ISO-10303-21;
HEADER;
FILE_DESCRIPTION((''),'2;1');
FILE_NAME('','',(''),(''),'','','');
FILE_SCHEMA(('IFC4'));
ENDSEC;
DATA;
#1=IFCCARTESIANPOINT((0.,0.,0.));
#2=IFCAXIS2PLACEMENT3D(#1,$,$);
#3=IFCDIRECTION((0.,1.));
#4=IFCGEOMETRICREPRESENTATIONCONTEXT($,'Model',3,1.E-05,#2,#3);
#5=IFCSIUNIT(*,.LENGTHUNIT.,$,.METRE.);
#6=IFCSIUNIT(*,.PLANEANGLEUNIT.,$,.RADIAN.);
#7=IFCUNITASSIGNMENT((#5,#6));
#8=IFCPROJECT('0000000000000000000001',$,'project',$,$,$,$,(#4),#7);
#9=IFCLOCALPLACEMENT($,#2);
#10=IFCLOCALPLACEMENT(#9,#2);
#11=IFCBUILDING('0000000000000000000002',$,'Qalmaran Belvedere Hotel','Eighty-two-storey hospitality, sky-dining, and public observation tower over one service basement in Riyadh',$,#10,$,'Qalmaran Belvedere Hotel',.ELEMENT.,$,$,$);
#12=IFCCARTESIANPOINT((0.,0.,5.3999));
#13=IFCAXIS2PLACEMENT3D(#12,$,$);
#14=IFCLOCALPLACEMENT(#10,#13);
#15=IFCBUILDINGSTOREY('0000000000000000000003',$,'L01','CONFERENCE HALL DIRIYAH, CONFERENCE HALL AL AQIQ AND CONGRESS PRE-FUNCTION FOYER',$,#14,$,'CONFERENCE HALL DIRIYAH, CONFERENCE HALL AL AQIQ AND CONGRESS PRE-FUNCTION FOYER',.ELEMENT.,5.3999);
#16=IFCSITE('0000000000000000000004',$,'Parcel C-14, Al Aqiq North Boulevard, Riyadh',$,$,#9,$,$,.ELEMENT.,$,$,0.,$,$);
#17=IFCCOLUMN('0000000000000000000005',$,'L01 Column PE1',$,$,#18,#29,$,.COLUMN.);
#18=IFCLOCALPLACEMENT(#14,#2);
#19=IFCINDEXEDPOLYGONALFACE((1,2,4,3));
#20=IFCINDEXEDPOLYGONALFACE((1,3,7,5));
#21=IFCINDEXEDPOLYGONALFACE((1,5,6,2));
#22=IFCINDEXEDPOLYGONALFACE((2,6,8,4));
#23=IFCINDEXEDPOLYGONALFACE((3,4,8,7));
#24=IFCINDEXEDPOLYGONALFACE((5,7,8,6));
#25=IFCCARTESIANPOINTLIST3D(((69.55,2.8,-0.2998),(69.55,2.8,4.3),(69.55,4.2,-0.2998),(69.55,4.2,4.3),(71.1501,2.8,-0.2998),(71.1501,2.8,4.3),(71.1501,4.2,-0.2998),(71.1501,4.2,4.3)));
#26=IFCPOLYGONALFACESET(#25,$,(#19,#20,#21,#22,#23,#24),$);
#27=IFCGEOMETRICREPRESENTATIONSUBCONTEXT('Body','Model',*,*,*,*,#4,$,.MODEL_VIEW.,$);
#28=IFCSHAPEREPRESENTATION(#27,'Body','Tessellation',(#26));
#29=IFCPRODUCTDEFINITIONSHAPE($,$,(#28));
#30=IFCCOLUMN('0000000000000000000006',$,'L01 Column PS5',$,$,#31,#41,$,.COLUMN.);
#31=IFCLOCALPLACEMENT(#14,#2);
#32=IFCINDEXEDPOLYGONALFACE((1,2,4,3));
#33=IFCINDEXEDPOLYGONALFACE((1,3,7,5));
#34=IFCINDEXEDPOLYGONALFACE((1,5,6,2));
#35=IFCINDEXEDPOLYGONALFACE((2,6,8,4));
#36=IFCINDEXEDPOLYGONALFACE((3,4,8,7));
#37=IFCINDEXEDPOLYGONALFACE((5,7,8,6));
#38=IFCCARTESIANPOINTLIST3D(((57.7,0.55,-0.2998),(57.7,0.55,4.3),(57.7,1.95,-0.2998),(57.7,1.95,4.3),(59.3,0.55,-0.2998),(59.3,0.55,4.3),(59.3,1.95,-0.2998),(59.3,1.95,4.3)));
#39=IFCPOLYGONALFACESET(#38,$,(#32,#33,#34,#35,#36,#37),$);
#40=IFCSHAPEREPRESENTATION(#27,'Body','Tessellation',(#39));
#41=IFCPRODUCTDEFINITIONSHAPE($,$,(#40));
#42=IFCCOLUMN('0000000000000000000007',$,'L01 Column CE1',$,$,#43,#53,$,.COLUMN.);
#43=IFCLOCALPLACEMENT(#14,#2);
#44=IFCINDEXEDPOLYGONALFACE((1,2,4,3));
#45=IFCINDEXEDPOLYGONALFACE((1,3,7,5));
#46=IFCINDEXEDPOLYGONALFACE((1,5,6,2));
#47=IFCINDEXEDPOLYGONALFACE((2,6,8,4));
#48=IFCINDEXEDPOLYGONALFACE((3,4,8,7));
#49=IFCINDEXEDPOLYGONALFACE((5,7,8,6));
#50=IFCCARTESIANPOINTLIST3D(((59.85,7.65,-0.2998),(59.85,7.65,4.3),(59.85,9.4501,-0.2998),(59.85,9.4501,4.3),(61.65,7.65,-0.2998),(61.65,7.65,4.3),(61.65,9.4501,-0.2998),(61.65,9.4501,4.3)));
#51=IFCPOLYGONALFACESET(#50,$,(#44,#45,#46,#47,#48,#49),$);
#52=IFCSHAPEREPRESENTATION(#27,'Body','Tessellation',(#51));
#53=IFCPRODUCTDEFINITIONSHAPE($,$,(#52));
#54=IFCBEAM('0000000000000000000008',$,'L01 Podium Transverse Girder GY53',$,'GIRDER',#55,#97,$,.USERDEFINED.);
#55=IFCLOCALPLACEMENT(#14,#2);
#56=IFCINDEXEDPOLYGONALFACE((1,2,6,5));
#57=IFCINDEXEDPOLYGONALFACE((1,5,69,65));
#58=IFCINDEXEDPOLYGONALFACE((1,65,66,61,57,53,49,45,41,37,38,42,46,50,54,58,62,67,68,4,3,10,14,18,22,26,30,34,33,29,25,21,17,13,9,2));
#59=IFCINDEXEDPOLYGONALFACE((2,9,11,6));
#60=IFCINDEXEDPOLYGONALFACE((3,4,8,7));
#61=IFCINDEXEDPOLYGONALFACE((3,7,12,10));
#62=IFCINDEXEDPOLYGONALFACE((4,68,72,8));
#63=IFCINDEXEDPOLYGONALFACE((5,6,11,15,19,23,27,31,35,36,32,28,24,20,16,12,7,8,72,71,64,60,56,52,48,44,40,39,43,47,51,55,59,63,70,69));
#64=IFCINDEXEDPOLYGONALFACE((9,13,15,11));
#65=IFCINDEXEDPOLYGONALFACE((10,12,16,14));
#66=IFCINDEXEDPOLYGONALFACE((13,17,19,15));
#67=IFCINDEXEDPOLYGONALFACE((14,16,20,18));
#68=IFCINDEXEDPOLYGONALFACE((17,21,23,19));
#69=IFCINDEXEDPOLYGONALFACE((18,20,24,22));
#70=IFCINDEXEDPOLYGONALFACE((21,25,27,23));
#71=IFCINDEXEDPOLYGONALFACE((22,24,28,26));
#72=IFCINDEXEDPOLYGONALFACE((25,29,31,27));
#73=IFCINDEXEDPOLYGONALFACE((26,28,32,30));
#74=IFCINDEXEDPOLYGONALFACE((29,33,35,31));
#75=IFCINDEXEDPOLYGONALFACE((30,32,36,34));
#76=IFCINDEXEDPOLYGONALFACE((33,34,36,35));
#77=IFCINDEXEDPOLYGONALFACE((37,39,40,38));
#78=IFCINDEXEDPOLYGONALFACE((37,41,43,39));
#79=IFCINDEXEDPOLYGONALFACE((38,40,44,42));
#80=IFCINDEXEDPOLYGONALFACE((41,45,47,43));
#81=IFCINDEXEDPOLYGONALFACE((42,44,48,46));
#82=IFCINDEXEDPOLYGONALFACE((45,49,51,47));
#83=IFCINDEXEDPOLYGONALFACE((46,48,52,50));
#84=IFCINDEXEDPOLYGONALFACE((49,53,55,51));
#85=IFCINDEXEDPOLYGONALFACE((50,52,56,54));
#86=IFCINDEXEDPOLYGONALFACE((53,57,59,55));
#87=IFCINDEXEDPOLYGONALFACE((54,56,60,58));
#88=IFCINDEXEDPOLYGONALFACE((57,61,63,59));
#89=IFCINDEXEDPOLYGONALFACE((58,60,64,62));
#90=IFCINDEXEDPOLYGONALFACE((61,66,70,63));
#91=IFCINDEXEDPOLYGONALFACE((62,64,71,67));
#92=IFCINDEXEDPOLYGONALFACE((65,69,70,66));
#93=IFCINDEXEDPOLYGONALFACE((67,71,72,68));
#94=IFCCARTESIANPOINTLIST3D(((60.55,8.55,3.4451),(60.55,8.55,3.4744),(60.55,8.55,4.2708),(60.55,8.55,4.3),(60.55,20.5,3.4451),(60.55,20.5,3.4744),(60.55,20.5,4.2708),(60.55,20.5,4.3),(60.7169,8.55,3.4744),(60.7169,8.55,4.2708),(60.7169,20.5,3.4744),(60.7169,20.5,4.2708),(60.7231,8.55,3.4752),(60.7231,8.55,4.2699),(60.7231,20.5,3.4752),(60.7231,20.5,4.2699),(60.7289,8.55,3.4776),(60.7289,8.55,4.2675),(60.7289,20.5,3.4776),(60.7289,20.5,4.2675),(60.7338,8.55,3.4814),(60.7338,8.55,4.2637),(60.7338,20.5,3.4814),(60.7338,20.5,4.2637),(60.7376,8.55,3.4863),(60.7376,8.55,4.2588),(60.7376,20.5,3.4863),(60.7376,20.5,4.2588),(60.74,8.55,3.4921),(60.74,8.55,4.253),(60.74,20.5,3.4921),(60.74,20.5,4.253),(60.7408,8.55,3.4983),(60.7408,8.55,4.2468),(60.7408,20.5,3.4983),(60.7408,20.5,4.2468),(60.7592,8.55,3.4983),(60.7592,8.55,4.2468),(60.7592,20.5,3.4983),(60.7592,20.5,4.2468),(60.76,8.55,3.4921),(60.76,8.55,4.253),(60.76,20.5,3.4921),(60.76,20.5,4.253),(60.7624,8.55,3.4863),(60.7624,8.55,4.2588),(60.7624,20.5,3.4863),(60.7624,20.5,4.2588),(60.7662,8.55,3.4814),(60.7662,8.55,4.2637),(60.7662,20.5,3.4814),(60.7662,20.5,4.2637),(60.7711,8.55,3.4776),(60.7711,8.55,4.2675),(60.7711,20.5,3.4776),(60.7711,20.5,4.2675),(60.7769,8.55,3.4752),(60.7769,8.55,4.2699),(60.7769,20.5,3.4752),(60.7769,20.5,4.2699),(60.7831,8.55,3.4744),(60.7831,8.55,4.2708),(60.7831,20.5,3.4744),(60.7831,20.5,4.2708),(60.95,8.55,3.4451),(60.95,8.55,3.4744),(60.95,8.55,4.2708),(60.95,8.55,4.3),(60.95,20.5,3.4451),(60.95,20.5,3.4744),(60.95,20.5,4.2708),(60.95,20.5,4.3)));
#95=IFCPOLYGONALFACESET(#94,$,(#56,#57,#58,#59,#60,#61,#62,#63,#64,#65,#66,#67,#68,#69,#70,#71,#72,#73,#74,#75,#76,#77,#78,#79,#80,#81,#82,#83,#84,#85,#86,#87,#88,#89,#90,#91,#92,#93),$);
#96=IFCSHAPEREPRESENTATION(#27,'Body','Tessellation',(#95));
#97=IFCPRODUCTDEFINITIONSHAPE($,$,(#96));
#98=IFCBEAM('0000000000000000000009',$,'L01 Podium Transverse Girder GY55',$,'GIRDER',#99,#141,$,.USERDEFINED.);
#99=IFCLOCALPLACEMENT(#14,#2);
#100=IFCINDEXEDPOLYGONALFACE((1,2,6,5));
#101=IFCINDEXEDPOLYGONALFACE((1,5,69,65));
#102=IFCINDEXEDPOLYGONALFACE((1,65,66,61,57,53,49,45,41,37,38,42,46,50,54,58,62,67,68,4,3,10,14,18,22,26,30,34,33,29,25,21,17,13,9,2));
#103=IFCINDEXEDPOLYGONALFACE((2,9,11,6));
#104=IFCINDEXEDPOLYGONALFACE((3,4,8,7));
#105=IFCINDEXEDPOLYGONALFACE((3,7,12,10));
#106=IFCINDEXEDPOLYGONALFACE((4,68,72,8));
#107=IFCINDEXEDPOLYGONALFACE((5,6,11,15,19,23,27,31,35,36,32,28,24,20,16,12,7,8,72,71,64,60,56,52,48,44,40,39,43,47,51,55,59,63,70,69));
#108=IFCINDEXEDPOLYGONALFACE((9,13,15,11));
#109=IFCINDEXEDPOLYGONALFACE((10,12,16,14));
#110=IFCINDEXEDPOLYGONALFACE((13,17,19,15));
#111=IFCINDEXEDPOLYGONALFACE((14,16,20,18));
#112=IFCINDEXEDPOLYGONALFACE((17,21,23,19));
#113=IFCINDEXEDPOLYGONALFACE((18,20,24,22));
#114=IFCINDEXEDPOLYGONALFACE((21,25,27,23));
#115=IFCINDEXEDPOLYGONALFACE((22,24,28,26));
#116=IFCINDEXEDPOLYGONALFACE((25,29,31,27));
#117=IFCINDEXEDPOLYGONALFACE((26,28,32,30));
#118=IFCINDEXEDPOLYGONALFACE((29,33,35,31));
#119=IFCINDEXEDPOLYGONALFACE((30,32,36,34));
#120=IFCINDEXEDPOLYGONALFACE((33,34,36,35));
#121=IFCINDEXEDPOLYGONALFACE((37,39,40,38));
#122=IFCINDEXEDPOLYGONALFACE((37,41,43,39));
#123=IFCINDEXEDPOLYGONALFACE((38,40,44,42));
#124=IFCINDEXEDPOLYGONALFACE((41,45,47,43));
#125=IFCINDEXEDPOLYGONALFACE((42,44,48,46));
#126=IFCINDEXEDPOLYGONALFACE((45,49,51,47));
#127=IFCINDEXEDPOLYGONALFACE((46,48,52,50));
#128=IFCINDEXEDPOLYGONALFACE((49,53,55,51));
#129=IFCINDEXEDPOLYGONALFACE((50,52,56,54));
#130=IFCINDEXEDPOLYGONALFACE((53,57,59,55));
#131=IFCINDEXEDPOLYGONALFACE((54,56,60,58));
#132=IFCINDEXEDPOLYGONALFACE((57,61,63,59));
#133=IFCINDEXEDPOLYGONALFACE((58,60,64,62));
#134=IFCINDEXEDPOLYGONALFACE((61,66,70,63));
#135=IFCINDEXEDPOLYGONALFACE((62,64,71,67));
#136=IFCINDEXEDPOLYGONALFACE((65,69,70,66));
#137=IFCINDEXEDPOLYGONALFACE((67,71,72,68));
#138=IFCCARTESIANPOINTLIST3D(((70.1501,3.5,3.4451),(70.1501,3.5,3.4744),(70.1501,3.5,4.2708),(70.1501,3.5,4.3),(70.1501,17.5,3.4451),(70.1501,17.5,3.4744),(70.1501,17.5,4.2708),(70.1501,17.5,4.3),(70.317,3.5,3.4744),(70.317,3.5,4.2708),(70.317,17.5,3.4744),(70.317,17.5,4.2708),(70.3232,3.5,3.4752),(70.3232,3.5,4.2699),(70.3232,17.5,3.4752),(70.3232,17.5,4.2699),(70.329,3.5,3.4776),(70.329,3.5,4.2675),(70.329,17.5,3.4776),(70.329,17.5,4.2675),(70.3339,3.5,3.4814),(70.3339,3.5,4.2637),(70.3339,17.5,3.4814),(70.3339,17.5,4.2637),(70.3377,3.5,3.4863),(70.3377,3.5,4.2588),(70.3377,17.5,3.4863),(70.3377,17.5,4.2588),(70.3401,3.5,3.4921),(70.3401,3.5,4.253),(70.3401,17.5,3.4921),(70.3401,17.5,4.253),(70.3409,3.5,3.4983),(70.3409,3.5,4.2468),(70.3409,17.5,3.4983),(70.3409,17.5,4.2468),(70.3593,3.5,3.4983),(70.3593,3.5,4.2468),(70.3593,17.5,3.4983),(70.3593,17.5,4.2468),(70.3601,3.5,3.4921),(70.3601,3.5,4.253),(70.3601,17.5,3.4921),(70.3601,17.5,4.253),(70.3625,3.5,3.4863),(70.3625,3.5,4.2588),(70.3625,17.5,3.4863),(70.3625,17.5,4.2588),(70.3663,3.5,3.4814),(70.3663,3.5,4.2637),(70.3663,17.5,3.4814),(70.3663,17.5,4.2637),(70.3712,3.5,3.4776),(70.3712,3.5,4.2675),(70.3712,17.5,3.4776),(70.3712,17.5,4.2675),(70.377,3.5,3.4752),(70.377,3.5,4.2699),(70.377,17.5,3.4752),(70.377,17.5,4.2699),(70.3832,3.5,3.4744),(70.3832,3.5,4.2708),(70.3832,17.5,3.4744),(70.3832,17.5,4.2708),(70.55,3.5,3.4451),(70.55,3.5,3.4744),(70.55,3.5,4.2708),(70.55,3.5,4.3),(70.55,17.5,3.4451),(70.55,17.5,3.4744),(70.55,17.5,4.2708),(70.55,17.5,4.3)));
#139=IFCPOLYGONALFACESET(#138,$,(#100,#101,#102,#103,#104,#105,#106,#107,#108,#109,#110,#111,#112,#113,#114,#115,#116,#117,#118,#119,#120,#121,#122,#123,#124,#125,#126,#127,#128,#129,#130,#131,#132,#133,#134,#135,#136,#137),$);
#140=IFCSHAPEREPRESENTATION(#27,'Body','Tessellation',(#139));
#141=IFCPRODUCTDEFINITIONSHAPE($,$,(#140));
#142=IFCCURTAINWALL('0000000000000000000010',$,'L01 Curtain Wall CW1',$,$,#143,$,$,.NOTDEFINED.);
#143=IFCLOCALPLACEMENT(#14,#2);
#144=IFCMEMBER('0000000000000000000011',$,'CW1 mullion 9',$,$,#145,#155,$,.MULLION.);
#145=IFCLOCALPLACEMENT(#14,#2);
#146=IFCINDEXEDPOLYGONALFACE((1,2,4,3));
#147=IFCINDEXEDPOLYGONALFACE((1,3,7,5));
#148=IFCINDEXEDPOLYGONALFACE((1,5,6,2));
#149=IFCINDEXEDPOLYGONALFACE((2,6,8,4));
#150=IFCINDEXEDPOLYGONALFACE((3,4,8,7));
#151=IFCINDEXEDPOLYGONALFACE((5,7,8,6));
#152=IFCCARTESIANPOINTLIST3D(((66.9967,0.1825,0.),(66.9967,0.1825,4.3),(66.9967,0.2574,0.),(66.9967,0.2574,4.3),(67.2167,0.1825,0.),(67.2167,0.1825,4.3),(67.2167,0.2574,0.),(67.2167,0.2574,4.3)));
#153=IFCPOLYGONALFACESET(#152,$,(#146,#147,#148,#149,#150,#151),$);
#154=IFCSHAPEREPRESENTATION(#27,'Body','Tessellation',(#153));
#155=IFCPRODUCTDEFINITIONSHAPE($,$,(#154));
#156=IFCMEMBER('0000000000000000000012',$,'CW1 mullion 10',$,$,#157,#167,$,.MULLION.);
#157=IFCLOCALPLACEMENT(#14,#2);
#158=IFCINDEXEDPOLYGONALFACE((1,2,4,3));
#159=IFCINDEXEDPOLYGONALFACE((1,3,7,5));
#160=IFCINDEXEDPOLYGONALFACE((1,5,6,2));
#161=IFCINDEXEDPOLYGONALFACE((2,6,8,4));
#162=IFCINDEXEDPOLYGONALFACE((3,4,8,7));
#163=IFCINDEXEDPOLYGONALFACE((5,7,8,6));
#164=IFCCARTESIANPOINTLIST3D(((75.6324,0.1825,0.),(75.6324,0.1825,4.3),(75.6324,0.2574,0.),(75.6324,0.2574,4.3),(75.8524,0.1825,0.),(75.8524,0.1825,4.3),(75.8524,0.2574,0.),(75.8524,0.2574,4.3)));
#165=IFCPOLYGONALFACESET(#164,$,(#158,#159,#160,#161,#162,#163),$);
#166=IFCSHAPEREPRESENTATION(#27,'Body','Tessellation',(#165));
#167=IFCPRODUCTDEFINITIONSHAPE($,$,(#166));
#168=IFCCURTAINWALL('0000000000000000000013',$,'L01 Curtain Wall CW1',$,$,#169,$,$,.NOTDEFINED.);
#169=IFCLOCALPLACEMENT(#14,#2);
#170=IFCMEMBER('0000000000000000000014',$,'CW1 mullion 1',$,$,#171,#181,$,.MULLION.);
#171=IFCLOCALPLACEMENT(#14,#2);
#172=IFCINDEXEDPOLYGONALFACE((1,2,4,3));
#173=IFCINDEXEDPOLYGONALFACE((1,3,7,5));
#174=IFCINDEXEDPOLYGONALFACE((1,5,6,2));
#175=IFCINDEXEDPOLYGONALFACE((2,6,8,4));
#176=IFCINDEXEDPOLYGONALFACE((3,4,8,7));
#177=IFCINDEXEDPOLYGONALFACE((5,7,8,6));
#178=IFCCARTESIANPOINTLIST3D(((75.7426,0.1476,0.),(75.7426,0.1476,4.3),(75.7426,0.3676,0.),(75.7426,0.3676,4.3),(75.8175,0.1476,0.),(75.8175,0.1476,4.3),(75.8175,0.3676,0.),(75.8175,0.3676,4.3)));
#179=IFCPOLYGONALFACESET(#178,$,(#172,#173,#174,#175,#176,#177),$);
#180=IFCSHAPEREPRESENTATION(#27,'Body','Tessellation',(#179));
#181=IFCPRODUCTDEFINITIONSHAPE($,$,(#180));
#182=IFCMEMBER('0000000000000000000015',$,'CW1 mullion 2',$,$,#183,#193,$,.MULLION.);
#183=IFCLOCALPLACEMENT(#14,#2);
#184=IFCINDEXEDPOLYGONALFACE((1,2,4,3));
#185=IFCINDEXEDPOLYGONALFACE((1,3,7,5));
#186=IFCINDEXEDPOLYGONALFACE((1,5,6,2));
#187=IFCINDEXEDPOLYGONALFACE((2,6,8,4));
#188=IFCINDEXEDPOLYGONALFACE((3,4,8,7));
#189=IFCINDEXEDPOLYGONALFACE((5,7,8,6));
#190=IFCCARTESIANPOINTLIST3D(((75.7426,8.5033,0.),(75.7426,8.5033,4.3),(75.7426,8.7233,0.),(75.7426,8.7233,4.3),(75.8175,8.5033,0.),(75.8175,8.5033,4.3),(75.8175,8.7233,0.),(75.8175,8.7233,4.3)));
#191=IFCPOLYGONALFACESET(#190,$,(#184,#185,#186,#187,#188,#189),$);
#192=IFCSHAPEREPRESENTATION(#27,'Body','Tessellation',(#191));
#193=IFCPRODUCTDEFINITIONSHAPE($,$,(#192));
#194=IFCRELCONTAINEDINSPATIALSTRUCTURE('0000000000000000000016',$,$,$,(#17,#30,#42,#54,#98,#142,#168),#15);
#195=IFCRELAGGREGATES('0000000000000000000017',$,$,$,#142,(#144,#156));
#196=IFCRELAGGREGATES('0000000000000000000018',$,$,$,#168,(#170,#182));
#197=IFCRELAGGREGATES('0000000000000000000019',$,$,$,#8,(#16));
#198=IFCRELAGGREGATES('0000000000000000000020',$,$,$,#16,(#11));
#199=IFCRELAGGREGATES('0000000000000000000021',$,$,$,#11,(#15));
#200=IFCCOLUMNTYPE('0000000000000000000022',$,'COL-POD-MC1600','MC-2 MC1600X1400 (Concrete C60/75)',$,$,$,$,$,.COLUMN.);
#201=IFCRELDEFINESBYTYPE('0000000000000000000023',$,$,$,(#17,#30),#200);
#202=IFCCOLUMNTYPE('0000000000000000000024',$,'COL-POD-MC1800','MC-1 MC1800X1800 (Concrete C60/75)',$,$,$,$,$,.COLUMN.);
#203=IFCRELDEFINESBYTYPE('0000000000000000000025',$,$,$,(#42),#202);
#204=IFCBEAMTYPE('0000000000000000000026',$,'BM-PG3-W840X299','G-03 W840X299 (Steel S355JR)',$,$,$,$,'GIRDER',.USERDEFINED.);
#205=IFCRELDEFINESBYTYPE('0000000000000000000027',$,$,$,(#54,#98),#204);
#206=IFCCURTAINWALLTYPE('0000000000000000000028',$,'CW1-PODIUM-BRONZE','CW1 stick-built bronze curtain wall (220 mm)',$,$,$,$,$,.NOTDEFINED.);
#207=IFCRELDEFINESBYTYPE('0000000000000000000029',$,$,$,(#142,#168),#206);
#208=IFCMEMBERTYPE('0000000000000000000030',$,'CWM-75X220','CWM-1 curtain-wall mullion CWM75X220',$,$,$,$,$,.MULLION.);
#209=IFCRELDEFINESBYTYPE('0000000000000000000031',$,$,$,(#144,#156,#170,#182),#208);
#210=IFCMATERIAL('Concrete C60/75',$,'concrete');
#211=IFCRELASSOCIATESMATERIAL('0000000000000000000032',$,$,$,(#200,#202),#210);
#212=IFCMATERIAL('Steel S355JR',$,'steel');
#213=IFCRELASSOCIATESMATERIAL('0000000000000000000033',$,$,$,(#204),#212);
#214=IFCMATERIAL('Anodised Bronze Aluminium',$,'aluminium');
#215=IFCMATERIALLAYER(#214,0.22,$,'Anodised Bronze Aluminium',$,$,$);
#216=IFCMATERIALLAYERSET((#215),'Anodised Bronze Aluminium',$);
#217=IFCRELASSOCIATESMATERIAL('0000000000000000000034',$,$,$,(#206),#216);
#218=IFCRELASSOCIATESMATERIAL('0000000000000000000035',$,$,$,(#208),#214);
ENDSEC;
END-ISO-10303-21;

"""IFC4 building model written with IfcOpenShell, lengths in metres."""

from ifc_helpers import new_model, si_unit, direction, frame, origin, origin_2d, place, context, subcontext, project, spatial, rectangle, i_section, extrude, material, layer, layer_set, material_profile, profile_set, type_object, element, aggregate, save


model = new_model("IFC4")

# Units and contexts
model_context = context("Model", 3, precision=1e-05, world=origin(), true_north=direction((0.0, 1.0)))
body_context = subcontext(model_context, "Body", "Model", "MODEL_VIEW")
ifc_project = project(units=[si_unit("LENGTHUNIT", "METRE"), si_unit("PLANEANGLEUNIT", "RADIAN")], contexts=[model_context])

# Site, building, storey
site_placement = place(None, origin())
site = spatial("IfcSite", under=ifc_project, at=site_placement, Name="Parcel C-14, Al Aqiq North Boulevard, Riyadh", CompositionType="ELEMENT", RefElevation=0.0)
building_placement = place(site_placement, origin())
building = spatial("IfcBuilding", under=site, at=building_placement, Name="Qalmaran Belvedere Hotel", Description="Eighty-two-storey hospitality, sky-dining, and public observation tower over one service basement in Riyadh", LongName="Qalmaran Belvedere Hotel", CompositionType="ELEMENT")
storey_placement = place(building_placement, frame((0.0, 0.0, 5.3999)))
storey = spatial("IfcBuildingStorey", under=building, at=storey_placement, Name="L01", Description="CONFERENCE HALL DIRIYAH, CONFERENCE HALL AL AQIQ AND CONGRESS PRE-FUNCTION FOYER", LongName="CONFERENCE HALL DIRIYAH, CONFERENCE HALL AL AQIQ AND CONGRESS PRE-FUNCTION FOYER", CompositionType="ELEMENT", Elevation=5.3999)

# Columns
ifc_material_1 = material(Name="Concrete C60/75", Category="concrete")
ifc_material_profile_1 = material_profile(ifc_material_1, rectangle(XDim=1.6001, YDim=1.3999, at=origin_2d()), Name="MC1600X1400")
ifc_profile_set_1 = profile_set([ifc_material_profile_1], Name="Concrete C60/75")
column_type_1 = type_object("IfcColumnType", Name="COL-POD-MC1600", Description="MC-2 MC1600X1400 (Concrete C60/75)", PredefinedType="COLUMN", material=ifc_profile_set_1)
for number, where, z_axis, x_axis, name in (
    (1, (70.3501, 3.5, -0.2998), (0.0, 0.0, 1.0), (1.0, 0.0, 0.0), "L01 Column PE1"),
    (2, (58.5, 1.25, -0.2998), (0.0, 0.0, 1.0), (1.0, 0.0, 0.0), "L01 Column PS5"),
):
    element("IfcColumn", number, at=place(storey_placement, frame(where, z_axis=z_axis, x_axis=x_axis)), inside=storey, type_object=column_type_1, Name=name, PredefinedType="COLUMN", context=body_context, shape_type="SweptSolid", body=[
        extrude(rectangle(XDim=1.6001, YDim=1.3999, at=origin_2d()), origin(), (0.0, 0.0, 1.0), 4.5999),
    ])
ifc_material_profile_2 = material_profile(ifc_material_1, rectangle(XDim=1.8, YDim=1.8, at=origin_2d()), Name="MC1800X1800")
ifc_profile_set_2 = profile_set([ifc_material_profile_2], Name="Concrete C60/75")
column_type_2 = type_object("IfcColumnType", Name="COL-POD-MC1800", Description="MC-1 MC1800X1800 (Concrete C60/75)", PredefinedType="COLUMN", material=ifc_profile_set_2)
column_placement = place(storey_placement, frame((60.75, 8.55, -0.2998), z_axis=(0.0, 0.0, 1.0), x_axis=(1.0, 0.0, 0.0)))
element("IfcColumn", 3, at=column_placement, inside=storey, type_object=column_type_2, Name="L01 Column CE1", PredefinedType="COLUMN", context=body_context, shape_type="SweptSolid", body=[
    extrude(rectangle(XDim=1.8, YDim=1.8, at=origin_2d()), origin(), (0.0, 0.0, 1.0), 4.5999),
])

# Beams
ifc_material_2 = material(Name="Steel S355JR", Category="steel")
ifc_material_profile_3 = material_profile(ifc_material_2, i_section(OverallWidth=0.3999, OverallDepth=0.855, WebThickness=0.0183, FlangeThickness=0.0293, FilletRadius=0.0239, at=origin_2d()), Name="W840X299")
ifc_profile_set_3 = profile_set([ifc_material_profile_3], Name="Steel S355JR")
beam_type = type_object("IfcBeamType", Name="BM-PG3-W840X299", Description="G-03 W840X299 (Steel S355JR)", ElementType="GIRDER", PredefinedType="USERDEFINED", material=ifc_profile_set_3)
beam_1_placement = place(storey_placement, frame((60.75, 8.55, 3.8726), z_axis=(0.0, 1.0, 0.0), x_axis=(-1.0, 0.0, 0.0)))
element("IfcBeam", 4, at=beam_1_placement, inside=storey, type_object=beam_type, Name="L01 Podium Transverse Girder GY53", ObjectType="GIRDER", PredefinedType="USERDEFINED", context=body_context, shape_type="SweptSolid", body=[
    extrude(i_section(OverallWidth=0.3999, OverallDepth=0.855, WebThickness=0.0183, FlangeThickness=0.0293, FilletRadius=0.0239, at=origin_2d()), origin(), (0.0, 0.0, 1.0), 11.95),
])
beam_2_placement = place(storey_placement, frame((70.3501, 3.5, 3.8726), z_axis=(0.0, 1.0, 0.0), x_axis=(-1.0, 0.0, 0.0)))
element("IfcBeam", 5, at=beam_2_placement, inside=storey, type_object=beam_type, Name="L01 Podium Transverse Girder GY55", ObjectType="GIRDER", PredefinedType="USERDEFINED", context=body_context, shape_type="SweptSolid", body=[
    extrude(i_section(OverallWidth=0.3999, OverallDepth=0.855, WebThickness=0.0183, FlangeThickness=0.0293, FilletRadius=0.0239, at=origin_2d()), origin(), (0.0, 0.0, 1.0), 14.0),
])

# Curtain walls, members
ifc_material_3 = material(Name="Anodised Bronze Aluminium", Category="aluminium")
ifc_layer_1 = layer(ifc_material_3, 0.22, Name="Anodised Bronze Aluminium")
ifc_layer_set_1 = layer_set([ifc_layer_1], Name="Anodised Bronze Aluminium")
curtain_wall_type = type_object("IfcCurtainWallType", Name="CW1-PODIUM-BRONZE", Description="CW1 stick-built bronze curtain wall (220 mm)", PredefinedType="NOTDEFINED", material=ifc_layer_set_1)
curtain_wall_1_placement = place(storey_placement, origin())
curtain_wall_1 = element("IfcCurtainWall", 6, at=curtain_wall_1_placement, inside=storey, type_object=curtain_wall_type, Name="L01 Curtain Wall CW1", PredefinedType="NOTDEFINED")
ifc_material_profile_4 = material_profile(ifc_material_3, rectangle(XDim=0.075, YDim=0.22, at=origin_2d()), Name="CWM75X220")
ifc_profile_set_4 = profile_set([ifc_material_profile_4], Name="Anodised Bronze Aluminium")
member_type_1 = type_object("IfcMemberType", Name="CWM-75X220", Description="CWM-1 curtain-wall mullion CWM75X220", PredefinedType="MULLION", material=ifc_profile_set_4)
member_1_placement = place(storey_placement, frame((67.1067, 0.22, 0.0), z_axis=(0.0, 0.0, 1.0), x_axis=(0.0, 1.0, 0.0)))
member_1 = element("IfcMember", 7, at=member_1_placement, type_object=member_type_1, Name="CW1 mullion 9", PredefinedType="MULLION", context=body_context, shape_type="SweptSolid", body=[
    extrude(rectangle(XDim=0.075, YDim=0.22, at=origin_2d()), origin(), (0.0, 0.0, 1.0), 4.3),
])
member_2_placement = place(storey_placement, frame((75.7424, 0.22, 0.0), z_axis=(0.0, 0.0, 1.0), x_axis=(0.0, 1.0, 0.0)))
member_2 = element("IfcMember", 8, at=member_2_placement, type_object=member_type_1, Name="CW1 mullion 10", PredefinedType="MULLION", context=body_context, shape_type="SweptSolid", body=[
    extrude(rectangle(XDim=0.075, YDim=0.22, at=origin_2d()), origin(), (0.0, 0.0, 1.0), 4.3),
])
curtain_wall_2_placement = place(storey_placement, origin())
curtain_wall_2 = element("IfcCurtainWall", 9, at=curtain_wall_2_placement, inside=storey, type_object=curtain_wall_type, Name="L01 Curtain Wall CW1", PredefinedType="NOTDEFINED")
member_3_placement = place(storey_placement, frame((75.78, 0.2576, 0.0), z_axis=(0.0, 0.0, 1.0), x_axis=(-1.0, 0.0, 0.0)))
member_3 = element("IfcMember", 10, at=member_3_placement, type_object=member_type_1, Name="CW1 mullion 1", PredefinedType="MULLION", context=body_context, shape_type="SweptSolid", body=[
    extrude(rectangle(XDim=0.075, YDim=0.22, at=origin_2d()), origin(), (0.0, 0.0, 1.0), 4.3),
])
member_4_placement = place(storey_placement, frame((75.78, 8.6133, 0.0), z_axis=(0.0, 0.0, 1.0), x_axis=(-1.0, 0.0, 0.0)))
member_4 = element("IfcMember", 11, at=member_4_placement, type_object=member_type_1, Name="CW1 mullion 2", PredefinedType="MULLION", context=body_context, shape_type="SweptSolid", body=[
    extrude(rectangle(XDim=0.075, YDim=0.22, at=origin_2d()), origin(), (0.0, 0.0, 1.0), 4.3),
])

aggregate(curtain_wall_1, [member_1, member_2])
aggregate(curtain_wall_2, [member_3, member_4])

save(model, "model.ifc")
